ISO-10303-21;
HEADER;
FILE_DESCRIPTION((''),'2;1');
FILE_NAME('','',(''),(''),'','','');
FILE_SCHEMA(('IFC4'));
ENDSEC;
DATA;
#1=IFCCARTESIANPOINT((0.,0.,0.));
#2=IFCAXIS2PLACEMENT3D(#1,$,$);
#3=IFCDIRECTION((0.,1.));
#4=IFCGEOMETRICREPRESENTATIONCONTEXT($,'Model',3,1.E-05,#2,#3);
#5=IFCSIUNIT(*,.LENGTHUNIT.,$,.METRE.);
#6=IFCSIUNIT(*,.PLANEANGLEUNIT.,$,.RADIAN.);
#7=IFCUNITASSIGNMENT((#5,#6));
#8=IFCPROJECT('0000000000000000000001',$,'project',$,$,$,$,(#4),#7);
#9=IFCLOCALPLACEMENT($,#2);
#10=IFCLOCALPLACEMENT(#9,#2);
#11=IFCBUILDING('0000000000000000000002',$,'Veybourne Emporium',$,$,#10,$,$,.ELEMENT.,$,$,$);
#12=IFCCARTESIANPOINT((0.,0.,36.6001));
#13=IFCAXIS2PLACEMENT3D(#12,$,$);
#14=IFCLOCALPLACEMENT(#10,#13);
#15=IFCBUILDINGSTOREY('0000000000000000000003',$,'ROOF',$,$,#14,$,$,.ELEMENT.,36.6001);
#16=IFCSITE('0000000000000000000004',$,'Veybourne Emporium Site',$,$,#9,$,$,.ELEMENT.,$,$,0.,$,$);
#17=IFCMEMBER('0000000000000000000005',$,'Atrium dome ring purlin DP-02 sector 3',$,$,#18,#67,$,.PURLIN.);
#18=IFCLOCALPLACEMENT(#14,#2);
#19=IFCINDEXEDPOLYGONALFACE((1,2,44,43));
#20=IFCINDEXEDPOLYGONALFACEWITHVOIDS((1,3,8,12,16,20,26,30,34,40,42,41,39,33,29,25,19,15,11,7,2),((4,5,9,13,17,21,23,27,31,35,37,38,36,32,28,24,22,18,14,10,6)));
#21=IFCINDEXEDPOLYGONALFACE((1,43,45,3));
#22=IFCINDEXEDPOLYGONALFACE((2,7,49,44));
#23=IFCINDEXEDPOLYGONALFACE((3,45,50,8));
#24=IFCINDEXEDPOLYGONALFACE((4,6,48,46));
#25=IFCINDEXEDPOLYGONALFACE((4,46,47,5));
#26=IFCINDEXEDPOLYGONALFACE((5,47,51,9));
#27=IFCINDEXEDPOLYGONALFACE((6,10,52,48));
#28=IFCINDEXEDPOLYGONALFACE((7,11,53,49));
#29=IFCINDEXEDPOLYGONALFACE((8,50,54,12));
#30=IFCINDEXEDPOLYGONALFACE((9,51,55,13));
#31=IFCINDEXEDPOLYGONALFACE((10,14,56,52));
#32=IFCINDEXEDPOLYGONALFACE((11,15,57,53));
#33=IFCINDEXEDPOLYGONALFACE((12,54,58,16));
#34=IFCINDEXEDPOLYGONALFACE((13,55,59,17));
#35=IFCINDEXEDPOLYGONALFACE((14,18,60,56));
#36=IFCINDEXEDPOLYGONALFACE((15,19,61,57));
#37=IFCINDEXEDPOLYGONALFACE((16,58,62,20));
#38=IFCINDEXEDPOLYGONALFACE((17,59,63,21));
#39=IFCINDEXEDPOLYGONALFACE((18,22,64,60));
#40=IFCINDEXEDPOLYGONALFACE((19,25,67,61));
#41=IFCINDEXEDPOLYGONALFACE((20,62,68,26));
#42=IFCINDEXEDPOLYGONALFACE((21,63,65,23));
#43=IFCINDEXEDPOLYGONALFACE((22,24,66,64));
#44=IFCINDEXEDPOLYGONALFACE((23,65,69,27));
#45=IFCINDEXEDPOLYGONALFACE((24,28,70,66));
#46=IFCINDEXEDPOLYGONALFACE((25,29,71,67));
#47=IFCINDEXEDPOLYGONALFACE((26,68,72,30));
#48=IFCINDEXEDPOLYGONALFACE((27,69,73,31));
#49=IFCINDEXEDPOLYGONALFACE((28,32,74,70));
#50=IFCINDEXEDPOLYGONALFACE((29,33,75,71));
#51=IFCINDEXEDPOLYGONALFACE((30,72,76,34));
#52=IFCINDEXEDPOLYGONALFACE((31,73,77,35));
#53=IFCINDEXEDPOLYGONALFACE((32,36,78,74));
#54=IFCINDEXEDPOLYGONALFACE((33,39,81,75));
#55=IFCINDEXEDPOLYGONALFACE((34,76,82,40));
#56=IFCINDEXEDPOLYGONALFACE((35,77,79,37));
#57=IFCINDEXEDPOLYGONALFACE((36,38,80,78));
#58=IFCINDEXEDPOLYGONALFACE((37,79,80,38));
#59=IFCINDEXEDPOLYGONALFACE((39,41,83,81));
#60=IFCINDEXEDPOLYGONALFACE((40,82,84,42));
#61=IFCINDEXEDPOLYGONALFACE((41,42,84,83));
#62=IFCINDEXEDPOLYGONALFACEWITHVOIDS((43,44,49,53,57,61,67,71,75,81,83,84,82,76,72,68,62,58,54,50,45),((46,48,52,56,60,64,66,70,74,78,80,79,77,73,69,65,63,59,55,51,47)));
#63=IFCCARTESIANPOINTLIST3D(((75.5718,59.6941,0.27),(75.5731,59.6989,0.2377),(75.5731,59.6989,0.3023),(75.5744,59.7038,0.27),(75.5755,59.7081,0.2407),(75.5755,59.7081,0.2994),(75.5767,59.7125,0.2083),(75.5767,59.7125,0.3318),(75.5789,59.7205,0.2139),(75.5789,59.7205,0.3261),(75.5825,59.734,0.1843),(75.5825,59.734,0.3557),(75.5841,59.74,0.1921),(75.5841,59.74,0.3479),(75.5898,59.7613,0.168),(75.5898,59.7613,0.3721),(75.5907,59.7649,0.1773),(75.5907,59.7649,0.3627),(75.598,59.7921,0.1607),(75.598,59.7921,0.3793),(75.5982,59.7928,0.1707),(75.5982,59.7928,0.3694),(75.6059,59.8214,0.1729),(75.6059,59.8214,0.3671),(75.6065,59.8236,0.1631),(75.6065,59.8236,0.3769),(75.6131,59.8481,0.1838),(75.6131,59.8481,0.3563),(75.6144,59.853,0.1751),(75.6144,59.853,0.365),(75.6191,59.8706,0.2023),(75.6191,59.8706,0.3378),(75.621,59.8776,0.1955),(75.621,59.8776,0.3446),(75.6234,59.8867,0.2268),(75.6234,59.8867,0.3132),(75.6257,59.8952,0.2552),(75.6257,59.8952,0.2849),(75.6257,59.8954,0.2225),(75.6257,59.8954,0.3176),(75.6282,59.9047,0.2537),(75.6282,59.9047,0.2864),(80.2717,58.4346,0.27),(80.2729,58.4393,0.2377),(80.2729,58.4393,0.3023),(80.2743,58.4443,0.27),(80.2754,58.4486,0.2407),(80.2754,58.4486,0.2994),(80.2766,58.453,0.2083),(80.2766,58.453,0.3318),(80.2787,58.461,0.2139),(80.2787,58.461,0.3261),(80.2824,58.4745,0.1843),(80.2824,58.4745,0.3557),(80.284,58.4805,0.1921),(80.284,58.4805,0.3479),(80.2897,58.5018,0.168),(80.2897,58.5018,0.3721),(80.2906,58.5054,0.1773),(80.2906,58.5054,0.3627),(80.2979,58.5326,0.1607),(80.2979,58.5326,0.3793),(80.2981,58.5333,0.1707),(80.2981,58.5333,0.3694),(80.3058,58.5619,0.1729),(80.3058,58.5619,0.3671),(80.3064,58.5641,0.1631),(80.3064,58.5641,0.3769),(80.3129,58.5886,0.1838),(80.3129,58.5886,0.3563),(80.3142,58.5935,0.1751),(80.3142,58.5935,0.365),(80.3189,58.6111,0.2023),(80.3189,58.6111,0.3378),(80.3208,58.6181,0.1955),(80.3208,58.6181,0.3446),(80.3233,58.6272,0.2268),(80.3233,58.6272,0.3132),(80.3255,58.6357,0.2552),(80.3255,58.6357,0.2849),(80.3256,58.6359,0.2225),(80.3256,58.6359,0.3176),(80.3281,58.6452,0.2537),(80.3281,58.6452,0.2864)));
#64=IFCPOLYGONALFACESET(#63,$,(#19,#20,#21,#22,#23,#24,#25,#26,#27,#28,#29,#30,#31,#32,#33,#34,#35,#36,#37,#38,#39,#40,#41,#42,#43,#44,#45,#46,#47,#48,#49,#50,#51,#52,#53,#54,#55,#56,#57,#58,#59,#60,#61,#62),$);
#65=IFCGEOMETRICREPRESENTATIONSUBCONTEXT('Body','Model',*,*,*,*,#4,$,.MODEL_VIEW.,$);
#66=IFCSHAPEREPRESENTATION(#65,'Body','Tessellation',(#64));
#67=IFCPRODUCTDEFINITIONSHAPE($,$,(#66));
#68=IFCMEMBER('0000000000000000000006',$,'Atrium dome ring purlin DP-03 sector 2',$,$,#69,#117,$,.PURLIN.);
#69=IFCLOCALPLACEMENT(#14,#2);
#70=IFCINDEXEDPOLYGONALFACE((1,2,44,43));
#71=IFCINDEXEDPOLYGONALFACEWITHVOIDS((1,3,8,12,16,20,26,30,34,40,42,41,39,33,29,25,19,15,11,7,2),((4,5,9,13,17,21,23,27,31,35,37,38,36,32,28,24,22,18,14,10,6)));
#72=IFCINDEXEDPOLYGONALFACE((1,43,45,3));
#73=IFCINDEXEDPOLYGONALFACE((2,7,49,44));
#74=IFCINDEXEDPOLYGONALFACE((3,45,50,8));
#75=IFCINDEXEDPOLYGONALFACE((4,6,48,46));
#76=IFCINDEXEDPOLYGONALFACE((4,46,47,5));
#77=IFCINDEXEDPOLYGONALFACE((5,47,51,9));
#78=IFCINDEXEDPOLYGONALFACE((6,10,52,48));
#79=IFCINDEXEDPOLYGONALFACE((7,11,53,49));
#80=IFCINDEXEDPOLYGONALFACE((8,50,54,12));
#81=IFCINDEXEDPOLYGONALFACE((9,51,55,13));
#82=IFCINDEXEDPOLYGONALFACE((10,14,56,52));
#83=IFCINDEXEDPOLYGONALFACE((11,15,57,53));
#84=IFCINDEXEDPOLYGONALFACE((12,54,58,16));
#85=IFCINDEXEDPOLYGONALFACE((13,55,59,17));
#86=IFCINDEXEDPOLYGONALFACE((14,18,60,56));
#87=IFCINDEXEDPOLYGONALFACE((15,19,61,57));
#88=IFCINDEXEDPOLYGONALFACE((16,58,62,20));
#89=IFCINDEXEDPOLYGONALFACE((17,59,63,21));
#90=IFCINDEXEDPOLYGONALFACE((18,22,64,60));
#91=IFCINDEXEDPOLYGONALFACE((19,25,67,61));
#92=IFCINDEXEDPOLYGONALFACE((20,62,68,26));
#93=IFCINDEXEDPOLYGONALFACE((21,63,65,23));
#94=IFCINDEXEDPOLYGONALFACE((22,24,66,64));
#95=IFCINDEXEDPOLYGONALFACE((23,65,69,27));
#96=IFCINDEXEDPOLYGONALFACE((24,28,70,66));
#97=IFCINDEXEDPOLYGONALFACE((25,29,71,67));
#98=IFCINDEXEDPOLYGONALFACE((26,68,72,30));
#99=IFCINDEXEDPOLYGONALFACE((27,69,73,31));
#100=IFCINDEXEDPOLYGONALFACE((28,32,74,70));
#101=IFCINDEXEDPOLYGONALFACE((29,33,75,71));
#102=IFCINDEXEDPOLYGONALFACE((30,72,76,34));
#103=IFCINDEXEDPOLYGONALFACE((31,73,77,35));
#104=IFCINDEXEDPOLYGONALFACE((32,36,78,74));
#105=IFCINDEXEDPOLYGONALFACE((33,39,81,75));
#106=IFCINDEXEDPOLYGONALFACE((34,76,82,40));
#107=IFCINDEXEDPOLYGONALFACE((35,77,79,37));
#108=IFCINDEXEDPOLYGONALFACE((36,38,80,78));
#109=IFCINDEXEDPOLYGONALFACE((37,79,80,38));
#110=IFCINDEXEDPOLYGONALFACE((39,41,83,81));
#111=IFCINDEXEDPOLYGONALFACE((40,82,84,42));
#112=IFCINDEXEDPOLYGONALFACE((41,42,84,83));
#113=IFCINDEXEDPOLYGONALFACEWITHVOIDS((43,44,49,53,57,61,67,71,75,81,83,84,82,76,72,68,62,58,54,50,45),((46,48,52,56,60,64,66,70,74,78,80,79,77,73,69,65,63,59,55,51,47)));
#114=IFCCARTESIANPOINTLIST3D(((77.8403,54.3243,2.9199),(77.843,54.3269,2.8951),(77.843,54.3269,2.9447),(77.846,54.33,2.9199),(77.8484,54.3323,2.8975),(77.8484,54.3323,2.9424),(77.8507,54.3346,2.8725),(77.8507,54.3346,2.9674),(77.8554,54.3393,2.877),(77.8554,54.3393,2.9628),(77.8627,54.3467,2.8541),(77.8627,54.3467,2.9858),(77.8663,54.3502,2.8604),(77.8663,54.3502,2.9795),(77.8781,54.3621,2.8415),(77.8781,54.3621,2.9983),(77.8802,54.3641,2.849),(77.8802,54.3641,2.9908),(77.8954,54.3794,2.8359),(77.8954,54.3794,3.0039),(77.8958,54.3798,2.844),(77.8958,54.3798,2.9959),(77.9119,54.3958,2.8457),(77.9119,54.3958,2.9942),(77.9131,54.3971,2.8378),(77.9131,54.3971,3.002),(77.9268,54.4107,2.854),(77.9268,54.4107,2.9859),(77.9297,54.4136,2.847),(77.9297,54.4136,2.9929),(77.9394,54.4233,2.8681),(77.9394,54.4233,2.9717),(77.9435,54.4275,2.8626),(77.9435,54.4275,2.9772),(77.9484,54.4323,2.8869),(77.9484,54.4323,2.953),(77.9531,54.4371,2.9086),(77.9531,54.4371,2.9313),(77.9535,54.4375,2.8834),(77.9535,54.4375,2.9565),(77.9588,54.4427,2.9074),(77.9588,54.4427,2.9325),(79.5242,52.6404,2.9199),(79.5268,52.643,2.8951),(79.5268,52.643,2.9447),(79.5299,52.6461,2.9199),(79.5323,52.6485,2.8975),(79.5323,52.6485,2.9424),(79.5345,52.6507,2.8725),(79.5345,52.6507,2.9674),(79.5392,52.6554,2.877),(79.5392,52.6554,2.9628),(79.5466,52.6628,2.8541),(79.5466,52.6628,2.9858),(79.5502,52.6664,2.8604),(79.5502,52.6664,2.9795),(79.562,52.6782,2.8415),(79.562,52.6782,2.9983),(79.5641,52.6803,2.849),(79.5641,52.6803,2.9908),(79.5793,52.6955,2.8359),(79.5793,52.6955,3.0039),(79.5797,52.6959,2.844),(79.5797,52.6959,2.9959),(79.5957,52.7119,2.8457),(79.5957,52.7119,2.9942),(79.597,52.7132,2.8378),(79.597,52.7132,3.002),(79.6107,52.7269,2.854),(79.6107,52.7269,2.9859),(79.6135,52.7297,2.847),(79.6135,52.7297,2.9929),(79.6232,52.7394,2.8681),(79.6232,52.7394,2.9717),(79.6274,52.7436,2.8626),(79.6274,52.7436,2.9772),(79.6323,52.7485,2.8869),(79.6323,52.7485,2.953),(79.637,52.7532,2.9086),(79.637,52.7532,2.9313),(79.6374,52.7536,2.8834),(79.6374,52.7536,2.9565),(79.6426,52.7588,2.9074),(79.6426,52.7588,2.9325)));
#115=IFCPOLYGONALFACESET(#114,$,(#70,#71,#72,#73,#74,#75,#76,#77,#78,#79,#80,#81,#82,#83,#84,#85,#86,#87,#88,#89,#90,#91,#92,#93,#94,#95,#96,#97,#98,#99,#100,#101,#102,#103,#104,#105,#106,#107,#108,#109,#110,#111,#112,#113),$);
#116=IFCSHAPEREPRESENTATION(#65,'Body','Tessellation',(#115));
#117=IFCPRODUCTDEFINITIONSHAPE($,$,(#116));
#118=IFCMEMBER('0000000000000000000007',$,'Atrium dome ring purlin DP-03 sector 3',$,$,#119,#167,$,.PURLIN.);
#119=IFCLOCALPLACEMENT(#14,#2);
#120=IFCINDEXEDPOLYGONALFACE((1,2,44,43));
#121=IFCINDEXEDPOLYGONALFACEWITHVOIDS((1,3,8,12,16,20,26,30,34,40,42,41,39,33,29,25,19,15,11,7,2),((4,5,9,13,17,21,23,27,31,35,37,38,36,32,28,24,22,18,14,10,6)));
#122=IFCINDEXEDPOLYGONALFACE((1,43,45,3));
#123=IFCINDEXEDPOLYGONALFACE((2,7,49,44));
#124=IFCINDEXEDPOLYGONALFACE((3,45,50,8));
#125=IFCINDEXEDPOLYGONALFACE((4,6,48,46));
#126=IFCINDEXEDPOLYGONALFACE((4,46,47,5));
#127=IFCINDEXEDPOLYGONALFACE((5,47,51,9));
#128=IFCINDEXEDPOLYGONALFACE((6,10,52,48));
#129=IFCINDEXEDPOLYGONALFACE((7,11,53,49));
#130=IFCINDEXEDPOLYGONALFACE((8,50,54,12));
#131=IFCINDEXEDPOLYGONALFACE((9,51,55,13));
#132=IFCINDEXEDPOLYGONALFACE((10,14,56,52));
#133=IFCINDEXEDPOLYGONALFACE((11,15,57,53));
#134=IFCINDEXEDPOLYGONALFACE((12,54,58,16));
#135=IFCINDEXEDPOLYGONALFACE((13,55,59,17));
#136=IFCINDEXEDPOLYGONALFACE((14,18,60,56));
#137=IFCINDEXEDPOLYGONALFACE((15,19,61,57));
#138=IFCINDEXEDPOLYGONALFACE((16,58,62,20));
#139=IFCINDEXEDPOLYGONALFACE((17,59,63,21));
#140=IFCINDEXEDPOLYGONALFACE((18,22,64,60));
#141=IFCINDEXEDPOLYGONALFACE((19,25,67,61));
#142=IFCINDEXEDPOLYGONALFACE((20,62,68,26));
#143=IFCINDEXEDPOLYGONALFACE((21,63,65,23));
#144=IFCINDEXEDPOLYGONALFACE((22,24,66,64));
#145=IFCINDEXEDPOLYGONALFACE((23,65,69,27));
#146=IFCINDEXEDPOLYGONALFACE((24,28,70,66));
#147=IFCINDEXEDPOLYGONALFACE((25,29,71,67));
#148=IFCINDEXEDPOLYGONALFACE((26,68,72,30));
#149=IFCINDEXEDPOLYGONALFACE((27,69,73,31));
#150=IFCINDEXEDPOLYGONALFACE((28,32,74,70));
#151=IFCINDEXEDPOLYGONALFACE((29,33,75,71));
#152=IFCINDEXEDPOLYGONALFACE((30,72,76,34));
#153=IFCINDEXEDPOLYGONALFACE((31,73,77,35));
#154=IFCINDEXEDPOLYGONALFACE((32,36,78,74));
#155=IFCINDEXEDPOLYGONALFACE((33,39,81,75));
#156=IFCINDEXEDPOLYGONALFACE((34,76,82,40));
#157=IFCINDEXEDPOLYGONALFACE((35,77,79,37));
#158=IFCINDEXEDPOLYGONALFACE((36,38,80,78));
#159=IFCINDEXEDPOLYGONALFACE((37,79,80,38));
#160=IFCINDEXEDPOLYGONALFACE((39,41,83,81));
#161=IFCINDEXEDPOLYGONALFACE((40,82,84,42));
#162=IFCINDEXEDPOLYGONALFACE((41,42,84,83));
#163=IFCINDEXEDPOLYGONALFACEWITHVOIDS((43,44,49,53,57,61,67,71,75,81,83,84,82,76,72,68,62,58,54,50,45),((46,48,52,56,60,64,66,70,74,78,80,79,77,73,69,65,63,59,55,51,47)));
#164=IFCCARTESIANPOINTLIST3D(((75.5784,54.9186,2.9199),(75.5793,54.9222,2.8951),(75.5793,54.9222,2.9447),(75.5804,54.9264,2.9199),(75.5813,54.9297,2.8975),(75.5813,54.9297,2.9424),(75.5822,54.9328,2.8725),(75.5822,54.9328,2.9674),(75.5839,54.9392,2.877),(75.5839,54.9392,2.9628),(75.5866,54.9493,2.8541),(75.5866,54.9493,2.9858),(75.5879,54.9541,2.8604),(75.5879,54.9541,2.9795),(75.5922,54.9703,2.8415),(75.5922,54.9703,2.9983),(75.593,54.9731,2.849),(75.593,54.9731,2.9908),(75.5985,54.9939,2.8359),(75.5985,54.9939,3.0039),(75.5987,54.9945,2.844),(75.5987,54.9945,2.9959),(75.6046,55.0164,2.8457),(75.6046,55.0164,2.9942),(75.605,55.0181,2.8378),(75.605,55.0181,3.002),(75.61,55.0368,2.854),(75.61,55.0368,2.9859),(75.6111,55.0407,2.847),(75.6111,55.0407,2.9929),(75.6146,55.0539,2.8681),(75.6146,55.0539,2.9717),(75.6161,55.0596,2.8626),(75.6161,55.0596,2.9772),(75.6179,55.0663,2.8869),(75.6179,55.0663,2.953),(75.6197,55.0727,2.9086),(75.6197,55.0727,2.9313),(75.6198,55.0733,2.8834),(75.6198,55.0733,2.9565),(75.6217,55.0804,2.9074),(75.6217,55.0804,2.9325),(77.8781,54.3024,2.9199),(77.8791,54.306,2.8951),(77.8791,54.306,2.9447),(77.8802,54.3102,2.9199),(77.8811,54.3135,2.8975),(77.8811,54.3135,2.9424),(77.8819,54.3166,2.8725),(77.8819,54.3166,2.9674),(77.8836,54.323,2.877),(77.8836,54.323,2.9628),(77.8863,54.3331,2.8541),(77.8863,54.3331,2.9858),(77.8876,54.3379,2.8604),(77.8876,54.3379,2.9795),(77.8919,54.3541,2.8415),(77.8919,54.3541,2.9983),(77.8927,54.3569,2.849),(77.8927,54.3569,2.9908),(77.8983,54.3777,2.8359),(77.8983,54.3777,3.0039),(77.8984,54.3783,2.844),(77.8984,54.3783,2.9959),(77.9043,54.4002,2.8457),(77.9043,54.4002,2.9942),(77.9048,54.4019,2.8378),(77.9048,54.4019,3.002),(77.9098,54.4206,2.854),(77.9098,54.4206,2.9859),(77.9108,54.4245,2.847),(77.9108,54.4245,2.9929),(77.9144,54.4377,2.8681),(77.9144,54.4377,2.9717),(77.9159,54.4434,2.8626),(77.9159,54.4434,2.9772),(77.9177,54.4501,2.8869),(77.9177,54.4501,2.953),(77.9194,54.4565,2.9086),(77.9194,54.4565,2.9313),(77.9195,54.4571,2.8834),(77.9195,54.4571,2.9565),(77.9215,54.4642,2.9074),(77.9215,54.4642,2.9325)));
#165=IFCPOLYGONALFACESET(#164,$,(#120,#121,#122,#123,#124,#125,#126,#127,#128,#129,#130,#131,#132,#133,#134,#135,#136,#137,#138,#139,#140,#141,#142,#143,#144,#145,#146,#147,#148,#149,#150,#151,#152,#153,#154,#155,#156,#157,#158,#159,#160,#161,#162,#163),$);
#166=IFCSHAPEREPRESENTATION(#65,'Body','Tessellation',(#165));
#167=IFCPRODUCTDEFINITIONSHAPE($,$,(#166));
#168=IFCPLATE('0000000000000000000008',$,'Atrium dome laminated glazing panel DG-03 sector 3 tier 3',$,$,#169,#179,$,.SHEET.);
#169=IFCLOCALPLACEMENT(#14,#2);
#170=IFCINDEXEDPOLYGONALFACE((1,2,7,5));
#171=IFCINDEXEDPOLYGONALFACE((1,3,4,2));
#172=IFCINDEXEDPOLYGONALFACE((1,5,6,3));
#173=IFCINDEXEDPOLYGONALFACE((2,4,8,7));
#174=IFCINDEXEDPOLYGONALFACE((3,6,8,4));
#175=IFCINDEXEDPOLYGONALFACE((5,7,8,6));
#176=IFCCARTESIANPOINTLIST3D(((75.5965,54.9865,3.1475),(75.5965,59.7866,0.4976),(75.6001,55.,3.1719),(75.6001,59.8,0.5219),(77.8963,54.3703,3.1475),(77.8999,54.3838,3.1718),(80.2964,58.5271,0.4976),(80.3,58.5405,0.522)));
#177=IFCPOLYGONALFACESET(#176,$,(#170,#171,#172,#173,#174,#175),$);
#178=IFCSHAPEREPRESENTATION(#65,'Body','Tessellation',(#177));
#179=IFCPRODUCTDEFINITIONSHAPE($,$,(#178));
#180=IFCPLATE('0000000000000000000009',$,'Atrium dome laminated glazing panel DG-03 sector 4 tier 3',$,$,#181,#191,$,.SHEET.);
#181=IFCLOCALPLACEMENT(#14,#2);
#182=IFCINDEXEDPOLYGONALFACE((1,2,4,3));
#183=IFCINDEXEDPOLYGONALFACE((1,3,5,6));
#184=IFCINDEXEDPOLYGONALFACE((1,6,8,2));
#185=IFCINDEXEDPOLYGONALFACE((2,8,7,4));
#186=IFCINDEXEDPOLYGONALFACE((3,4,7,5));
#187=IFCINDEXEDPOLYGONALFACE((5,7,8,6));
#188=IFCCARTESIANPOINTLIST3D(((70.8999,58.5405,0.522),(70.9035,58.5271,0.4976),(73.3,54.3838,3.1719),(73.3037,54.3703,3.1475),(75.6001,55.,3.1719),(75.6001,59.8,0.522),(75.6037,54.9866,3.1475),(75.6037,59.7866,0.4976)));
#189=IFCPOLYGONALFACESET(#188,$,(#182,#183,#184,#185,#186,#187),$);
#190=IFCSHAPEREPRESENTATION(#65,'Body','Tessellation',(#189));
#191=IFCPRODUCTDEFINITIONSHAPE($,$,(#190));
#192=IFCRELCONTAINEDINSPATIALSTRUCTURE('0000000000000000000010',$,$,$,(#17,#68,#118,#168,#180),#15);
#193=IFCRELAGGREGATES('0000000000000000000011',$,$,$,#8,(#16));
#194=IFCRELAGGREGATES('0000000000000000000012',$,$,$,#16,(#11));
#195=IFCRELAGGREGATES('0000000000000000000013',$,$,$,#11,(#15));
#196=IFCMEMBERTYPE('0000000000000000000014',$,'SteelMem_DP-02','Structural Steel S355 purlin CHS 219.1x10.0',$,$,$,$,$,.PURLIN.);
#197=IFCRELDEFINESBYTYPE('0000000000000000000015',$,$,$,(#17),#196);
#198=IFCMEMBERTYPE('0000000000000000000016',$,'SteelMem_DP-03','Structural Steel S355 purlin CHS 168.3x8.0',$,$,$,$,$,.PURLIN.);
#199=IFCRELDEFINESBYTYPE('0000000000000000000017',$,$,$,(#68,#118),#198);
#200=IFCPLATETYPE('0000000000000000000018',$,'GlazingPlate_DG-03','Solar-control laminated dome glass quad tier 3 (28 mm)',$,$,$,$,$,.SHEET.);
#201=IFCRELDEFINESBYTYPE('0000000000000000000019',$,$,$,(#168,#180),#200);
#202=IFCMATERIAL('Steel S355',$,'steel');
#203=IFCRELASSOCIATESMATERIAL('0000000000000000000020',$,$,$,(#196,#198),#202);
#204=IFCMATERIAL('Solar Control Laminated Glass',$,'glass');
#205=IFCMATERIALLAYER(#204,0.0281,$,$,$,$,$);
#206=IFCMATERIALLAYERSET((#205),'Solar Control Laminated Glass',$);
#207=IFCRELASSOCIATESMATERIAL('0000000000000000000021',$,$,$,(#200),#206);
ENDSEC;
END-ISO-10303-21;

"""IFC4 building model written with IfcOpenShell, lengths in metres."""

from ifc_helpers import new_model, si_unit, direction, frame, origin, origin_2d, place, context, subcontext, project, spatial, polyline, hollow_circle, outline, extrude, material, layer, layer_set, material_profile, profile_set, type_object, element, save


model = new_model("IFC4")

# Units and contexts
model_context = context("Model", 3, precision=1e-05, world=origin(), true_north=direction((0.0, 1.0)))
body_context = subcontext(model_context, "Body", "Model", "MODEL_VIEW")
ifc_project = project(units=[si_unit("LENGTHUNIT", "METRE"), si_unit("PLANEANGLEUNIT", "RADIAN")], contexts=[model_context])

# Site, building, storey
site_placement = place(None, origin())
site = spatial("IfcSite", under=ifc_project, at=site_placement, Name="Veybourne Emporium Site", CompositionType="ELEMENT", RefElevation=0.0)
building_placement = place(site_placement, origin())
building = spatial("IfcBuilding", under=site, at=building_placement, Name="Veybourne Emporium", CompositionType="ELEMENT")
storey_placement = place(building_placement, frame((0.0, 0.0, 36.6001)))
storey = spatial("IfcBuildingStorey", under=building, at=storey_placement, Name="ROOF", CompositionType="ELEMENT", Elevation=36.6001)

# Shared definitions
ifc_material_1 = material(Name="Steel S355", Category="steel")

# Members
ifc_material_profile_1 = material_profile(ifc_material_1, hollow_circle(Radius=0.1096, WallThickness=0.01, at=origin_2d()), Name="CHS 219.1x10.0")
ifc_profile_set_1 = profile_set([ifc_material_profile_1], Name="Steel S355")
member_type_1 = type_object("IfcMemberType", Name="SteelMem_DP-02", Description="Structural Steel S355 purlin CHS 219.1x10.0", PredefinedType="PURLIN", material=ifc_profile_set_1)
member_1_placement = place(storey_placement, frame((80.3, 58.5405, 0.27), z_axis=(-0.965917, 0.258852, 0.0), x_axis=(-0.258852, -0.965917, 0.0)))
element("IfcMember", 1, at=member_1_placement, inside=storey, type_object=member_type_1, Name="Atrium dome ring purlin DP-02 sector 3", PredefinedType="PURLIN", context=body_context, shape_type="SweptSolid", body=[
    extrude(hollow_circle(Radius=0.1096, WallThickness=0.01, at=origin_2d()), origin(), (0.0, 0.0, 1.0), 4.8657),
])
ifc_material_profile_2 = material_profile(ifc_material_1, hollow_circle(Radius=0.0842, WallThickness=0.0081, at=origin_2d()), Name="CHS 168.3x8.0")
ifc_profile_set_2 = profile_set([ifc_material_profile_2], Name="Steel S355")
member_type_2 = type_object("IfcMemberType", Name="SteelMem_DP-03", Description="Structural Steel S355 purlin CHS 168.3x8.0", PredefinedType="PURLIN", material=ifc_profile_set_2)
member_2_placement = place(storey_placement, frame((79.5837, 52.7, 2.9199), z_axis=(-0.707107, 0.707107, 0.0), x_axis=(-0.707107, -0.707107, 0.0)))
element("IfcMember", 2, at=member_2_placement, inside=storey, type_object=member_type_2, Name="Atrium dome ring purlin DP-03 sector 2", PredefinedType="PURLIN", context=body_context, shape_type="SweptSolid", body=[
    extrude(hollow_circle(Radius=0.0842, WallThickness=0.0081, at=origin_2d()), origin(), (0.0, 0.0, 1.0), 2.3813),
])
member_3_placement = place(storey_placement, frame((77.8999, 54.3838, 2.9199), z_axis=(-0.965928, 0.258811, 0.0), x_axis=(-0.258811, -0.965928, 0.0)))
element("IfcMember", 3, at=member_3_placement, inside=storey, type_object=member_type_2, Name="Atrium dome ring purlin DP-03 sector 3", PredefinedType="PURLIN", context=body_context, shape_type="SweptSolid", body=[
    extrude(hollow_circle(Radius=0.0842, WallThickness=0.0081, at=origin_2d()), origin(), (0.0, 0.0, 1.0), 2.3809),
])

# Plates
ifc_material_2 = material(Name="Solar Control Laminated Glass", Category="glass")
ifc_layer_1 = layer(ifc_material_2, 0.0281)
ifc_layer_set_1 = layer_set([ifc_layer_1], Name="Solar Control Laminated Glass")
plate_type_1 = type_object("IfcPlateType", Name="GlazingPlate_DG-03", Description="Solar-control laminated dome glass quad tier 3 (28 mm)", PredefinedType="SHEET", material=ifc_layer_set_1)
plate_1_placement = place(storey_placement, frame((80.3, 58.5405, 0.522), z_axis=(0.128439, 0.479303, 0.8682), x_axis=(-0.965918, 0.258849, -0.000006)))
element("IfcPlate", 4, at=plate_1_placement, inside=storey, type_object=plate_type_1, Name="Atrium dome laminated glazing panel DG-03 sector 3 tier 3", PredefinedType="SHEET", context=body_context, shape_type="SweptSolid", body=[
    extrude(outline(polyline([(0.0, 0.0), (4.8658, 0.0), (3.6233, 5.3403), (1.2424, 5.3402), (0.0, 0.0)])), origin(), (0.0, 0.0, -1.0), 0.0281),
])
plate_2_placement = place(storey_placement, frame((75.6001, 59.8, 0.522), z_axis=(-0.128431, 0.479306, 0.8682), x_axis=(-0.965921, -0.258835, 0.000008)))
element("IfcPlate", 5, at=plate_2_placement, inside=storey, type_object=plate_type_1, Name="Atrium dome laminated glazing panel DG-03 sector 4 tier 3", PredefinedType="SHEET", context=body_context, shape_type="SweptSolid", body=[
    extrude(outline(polyline([(0.0, 0.0), (4.866, 0.0), (3.6236, 5.3402), (1.2424, 5.3403), (0.0, 0.0)])), origin(), (0.0, 0.0, -1.0), 0.0281),
])

save(model, "model.ifc")
